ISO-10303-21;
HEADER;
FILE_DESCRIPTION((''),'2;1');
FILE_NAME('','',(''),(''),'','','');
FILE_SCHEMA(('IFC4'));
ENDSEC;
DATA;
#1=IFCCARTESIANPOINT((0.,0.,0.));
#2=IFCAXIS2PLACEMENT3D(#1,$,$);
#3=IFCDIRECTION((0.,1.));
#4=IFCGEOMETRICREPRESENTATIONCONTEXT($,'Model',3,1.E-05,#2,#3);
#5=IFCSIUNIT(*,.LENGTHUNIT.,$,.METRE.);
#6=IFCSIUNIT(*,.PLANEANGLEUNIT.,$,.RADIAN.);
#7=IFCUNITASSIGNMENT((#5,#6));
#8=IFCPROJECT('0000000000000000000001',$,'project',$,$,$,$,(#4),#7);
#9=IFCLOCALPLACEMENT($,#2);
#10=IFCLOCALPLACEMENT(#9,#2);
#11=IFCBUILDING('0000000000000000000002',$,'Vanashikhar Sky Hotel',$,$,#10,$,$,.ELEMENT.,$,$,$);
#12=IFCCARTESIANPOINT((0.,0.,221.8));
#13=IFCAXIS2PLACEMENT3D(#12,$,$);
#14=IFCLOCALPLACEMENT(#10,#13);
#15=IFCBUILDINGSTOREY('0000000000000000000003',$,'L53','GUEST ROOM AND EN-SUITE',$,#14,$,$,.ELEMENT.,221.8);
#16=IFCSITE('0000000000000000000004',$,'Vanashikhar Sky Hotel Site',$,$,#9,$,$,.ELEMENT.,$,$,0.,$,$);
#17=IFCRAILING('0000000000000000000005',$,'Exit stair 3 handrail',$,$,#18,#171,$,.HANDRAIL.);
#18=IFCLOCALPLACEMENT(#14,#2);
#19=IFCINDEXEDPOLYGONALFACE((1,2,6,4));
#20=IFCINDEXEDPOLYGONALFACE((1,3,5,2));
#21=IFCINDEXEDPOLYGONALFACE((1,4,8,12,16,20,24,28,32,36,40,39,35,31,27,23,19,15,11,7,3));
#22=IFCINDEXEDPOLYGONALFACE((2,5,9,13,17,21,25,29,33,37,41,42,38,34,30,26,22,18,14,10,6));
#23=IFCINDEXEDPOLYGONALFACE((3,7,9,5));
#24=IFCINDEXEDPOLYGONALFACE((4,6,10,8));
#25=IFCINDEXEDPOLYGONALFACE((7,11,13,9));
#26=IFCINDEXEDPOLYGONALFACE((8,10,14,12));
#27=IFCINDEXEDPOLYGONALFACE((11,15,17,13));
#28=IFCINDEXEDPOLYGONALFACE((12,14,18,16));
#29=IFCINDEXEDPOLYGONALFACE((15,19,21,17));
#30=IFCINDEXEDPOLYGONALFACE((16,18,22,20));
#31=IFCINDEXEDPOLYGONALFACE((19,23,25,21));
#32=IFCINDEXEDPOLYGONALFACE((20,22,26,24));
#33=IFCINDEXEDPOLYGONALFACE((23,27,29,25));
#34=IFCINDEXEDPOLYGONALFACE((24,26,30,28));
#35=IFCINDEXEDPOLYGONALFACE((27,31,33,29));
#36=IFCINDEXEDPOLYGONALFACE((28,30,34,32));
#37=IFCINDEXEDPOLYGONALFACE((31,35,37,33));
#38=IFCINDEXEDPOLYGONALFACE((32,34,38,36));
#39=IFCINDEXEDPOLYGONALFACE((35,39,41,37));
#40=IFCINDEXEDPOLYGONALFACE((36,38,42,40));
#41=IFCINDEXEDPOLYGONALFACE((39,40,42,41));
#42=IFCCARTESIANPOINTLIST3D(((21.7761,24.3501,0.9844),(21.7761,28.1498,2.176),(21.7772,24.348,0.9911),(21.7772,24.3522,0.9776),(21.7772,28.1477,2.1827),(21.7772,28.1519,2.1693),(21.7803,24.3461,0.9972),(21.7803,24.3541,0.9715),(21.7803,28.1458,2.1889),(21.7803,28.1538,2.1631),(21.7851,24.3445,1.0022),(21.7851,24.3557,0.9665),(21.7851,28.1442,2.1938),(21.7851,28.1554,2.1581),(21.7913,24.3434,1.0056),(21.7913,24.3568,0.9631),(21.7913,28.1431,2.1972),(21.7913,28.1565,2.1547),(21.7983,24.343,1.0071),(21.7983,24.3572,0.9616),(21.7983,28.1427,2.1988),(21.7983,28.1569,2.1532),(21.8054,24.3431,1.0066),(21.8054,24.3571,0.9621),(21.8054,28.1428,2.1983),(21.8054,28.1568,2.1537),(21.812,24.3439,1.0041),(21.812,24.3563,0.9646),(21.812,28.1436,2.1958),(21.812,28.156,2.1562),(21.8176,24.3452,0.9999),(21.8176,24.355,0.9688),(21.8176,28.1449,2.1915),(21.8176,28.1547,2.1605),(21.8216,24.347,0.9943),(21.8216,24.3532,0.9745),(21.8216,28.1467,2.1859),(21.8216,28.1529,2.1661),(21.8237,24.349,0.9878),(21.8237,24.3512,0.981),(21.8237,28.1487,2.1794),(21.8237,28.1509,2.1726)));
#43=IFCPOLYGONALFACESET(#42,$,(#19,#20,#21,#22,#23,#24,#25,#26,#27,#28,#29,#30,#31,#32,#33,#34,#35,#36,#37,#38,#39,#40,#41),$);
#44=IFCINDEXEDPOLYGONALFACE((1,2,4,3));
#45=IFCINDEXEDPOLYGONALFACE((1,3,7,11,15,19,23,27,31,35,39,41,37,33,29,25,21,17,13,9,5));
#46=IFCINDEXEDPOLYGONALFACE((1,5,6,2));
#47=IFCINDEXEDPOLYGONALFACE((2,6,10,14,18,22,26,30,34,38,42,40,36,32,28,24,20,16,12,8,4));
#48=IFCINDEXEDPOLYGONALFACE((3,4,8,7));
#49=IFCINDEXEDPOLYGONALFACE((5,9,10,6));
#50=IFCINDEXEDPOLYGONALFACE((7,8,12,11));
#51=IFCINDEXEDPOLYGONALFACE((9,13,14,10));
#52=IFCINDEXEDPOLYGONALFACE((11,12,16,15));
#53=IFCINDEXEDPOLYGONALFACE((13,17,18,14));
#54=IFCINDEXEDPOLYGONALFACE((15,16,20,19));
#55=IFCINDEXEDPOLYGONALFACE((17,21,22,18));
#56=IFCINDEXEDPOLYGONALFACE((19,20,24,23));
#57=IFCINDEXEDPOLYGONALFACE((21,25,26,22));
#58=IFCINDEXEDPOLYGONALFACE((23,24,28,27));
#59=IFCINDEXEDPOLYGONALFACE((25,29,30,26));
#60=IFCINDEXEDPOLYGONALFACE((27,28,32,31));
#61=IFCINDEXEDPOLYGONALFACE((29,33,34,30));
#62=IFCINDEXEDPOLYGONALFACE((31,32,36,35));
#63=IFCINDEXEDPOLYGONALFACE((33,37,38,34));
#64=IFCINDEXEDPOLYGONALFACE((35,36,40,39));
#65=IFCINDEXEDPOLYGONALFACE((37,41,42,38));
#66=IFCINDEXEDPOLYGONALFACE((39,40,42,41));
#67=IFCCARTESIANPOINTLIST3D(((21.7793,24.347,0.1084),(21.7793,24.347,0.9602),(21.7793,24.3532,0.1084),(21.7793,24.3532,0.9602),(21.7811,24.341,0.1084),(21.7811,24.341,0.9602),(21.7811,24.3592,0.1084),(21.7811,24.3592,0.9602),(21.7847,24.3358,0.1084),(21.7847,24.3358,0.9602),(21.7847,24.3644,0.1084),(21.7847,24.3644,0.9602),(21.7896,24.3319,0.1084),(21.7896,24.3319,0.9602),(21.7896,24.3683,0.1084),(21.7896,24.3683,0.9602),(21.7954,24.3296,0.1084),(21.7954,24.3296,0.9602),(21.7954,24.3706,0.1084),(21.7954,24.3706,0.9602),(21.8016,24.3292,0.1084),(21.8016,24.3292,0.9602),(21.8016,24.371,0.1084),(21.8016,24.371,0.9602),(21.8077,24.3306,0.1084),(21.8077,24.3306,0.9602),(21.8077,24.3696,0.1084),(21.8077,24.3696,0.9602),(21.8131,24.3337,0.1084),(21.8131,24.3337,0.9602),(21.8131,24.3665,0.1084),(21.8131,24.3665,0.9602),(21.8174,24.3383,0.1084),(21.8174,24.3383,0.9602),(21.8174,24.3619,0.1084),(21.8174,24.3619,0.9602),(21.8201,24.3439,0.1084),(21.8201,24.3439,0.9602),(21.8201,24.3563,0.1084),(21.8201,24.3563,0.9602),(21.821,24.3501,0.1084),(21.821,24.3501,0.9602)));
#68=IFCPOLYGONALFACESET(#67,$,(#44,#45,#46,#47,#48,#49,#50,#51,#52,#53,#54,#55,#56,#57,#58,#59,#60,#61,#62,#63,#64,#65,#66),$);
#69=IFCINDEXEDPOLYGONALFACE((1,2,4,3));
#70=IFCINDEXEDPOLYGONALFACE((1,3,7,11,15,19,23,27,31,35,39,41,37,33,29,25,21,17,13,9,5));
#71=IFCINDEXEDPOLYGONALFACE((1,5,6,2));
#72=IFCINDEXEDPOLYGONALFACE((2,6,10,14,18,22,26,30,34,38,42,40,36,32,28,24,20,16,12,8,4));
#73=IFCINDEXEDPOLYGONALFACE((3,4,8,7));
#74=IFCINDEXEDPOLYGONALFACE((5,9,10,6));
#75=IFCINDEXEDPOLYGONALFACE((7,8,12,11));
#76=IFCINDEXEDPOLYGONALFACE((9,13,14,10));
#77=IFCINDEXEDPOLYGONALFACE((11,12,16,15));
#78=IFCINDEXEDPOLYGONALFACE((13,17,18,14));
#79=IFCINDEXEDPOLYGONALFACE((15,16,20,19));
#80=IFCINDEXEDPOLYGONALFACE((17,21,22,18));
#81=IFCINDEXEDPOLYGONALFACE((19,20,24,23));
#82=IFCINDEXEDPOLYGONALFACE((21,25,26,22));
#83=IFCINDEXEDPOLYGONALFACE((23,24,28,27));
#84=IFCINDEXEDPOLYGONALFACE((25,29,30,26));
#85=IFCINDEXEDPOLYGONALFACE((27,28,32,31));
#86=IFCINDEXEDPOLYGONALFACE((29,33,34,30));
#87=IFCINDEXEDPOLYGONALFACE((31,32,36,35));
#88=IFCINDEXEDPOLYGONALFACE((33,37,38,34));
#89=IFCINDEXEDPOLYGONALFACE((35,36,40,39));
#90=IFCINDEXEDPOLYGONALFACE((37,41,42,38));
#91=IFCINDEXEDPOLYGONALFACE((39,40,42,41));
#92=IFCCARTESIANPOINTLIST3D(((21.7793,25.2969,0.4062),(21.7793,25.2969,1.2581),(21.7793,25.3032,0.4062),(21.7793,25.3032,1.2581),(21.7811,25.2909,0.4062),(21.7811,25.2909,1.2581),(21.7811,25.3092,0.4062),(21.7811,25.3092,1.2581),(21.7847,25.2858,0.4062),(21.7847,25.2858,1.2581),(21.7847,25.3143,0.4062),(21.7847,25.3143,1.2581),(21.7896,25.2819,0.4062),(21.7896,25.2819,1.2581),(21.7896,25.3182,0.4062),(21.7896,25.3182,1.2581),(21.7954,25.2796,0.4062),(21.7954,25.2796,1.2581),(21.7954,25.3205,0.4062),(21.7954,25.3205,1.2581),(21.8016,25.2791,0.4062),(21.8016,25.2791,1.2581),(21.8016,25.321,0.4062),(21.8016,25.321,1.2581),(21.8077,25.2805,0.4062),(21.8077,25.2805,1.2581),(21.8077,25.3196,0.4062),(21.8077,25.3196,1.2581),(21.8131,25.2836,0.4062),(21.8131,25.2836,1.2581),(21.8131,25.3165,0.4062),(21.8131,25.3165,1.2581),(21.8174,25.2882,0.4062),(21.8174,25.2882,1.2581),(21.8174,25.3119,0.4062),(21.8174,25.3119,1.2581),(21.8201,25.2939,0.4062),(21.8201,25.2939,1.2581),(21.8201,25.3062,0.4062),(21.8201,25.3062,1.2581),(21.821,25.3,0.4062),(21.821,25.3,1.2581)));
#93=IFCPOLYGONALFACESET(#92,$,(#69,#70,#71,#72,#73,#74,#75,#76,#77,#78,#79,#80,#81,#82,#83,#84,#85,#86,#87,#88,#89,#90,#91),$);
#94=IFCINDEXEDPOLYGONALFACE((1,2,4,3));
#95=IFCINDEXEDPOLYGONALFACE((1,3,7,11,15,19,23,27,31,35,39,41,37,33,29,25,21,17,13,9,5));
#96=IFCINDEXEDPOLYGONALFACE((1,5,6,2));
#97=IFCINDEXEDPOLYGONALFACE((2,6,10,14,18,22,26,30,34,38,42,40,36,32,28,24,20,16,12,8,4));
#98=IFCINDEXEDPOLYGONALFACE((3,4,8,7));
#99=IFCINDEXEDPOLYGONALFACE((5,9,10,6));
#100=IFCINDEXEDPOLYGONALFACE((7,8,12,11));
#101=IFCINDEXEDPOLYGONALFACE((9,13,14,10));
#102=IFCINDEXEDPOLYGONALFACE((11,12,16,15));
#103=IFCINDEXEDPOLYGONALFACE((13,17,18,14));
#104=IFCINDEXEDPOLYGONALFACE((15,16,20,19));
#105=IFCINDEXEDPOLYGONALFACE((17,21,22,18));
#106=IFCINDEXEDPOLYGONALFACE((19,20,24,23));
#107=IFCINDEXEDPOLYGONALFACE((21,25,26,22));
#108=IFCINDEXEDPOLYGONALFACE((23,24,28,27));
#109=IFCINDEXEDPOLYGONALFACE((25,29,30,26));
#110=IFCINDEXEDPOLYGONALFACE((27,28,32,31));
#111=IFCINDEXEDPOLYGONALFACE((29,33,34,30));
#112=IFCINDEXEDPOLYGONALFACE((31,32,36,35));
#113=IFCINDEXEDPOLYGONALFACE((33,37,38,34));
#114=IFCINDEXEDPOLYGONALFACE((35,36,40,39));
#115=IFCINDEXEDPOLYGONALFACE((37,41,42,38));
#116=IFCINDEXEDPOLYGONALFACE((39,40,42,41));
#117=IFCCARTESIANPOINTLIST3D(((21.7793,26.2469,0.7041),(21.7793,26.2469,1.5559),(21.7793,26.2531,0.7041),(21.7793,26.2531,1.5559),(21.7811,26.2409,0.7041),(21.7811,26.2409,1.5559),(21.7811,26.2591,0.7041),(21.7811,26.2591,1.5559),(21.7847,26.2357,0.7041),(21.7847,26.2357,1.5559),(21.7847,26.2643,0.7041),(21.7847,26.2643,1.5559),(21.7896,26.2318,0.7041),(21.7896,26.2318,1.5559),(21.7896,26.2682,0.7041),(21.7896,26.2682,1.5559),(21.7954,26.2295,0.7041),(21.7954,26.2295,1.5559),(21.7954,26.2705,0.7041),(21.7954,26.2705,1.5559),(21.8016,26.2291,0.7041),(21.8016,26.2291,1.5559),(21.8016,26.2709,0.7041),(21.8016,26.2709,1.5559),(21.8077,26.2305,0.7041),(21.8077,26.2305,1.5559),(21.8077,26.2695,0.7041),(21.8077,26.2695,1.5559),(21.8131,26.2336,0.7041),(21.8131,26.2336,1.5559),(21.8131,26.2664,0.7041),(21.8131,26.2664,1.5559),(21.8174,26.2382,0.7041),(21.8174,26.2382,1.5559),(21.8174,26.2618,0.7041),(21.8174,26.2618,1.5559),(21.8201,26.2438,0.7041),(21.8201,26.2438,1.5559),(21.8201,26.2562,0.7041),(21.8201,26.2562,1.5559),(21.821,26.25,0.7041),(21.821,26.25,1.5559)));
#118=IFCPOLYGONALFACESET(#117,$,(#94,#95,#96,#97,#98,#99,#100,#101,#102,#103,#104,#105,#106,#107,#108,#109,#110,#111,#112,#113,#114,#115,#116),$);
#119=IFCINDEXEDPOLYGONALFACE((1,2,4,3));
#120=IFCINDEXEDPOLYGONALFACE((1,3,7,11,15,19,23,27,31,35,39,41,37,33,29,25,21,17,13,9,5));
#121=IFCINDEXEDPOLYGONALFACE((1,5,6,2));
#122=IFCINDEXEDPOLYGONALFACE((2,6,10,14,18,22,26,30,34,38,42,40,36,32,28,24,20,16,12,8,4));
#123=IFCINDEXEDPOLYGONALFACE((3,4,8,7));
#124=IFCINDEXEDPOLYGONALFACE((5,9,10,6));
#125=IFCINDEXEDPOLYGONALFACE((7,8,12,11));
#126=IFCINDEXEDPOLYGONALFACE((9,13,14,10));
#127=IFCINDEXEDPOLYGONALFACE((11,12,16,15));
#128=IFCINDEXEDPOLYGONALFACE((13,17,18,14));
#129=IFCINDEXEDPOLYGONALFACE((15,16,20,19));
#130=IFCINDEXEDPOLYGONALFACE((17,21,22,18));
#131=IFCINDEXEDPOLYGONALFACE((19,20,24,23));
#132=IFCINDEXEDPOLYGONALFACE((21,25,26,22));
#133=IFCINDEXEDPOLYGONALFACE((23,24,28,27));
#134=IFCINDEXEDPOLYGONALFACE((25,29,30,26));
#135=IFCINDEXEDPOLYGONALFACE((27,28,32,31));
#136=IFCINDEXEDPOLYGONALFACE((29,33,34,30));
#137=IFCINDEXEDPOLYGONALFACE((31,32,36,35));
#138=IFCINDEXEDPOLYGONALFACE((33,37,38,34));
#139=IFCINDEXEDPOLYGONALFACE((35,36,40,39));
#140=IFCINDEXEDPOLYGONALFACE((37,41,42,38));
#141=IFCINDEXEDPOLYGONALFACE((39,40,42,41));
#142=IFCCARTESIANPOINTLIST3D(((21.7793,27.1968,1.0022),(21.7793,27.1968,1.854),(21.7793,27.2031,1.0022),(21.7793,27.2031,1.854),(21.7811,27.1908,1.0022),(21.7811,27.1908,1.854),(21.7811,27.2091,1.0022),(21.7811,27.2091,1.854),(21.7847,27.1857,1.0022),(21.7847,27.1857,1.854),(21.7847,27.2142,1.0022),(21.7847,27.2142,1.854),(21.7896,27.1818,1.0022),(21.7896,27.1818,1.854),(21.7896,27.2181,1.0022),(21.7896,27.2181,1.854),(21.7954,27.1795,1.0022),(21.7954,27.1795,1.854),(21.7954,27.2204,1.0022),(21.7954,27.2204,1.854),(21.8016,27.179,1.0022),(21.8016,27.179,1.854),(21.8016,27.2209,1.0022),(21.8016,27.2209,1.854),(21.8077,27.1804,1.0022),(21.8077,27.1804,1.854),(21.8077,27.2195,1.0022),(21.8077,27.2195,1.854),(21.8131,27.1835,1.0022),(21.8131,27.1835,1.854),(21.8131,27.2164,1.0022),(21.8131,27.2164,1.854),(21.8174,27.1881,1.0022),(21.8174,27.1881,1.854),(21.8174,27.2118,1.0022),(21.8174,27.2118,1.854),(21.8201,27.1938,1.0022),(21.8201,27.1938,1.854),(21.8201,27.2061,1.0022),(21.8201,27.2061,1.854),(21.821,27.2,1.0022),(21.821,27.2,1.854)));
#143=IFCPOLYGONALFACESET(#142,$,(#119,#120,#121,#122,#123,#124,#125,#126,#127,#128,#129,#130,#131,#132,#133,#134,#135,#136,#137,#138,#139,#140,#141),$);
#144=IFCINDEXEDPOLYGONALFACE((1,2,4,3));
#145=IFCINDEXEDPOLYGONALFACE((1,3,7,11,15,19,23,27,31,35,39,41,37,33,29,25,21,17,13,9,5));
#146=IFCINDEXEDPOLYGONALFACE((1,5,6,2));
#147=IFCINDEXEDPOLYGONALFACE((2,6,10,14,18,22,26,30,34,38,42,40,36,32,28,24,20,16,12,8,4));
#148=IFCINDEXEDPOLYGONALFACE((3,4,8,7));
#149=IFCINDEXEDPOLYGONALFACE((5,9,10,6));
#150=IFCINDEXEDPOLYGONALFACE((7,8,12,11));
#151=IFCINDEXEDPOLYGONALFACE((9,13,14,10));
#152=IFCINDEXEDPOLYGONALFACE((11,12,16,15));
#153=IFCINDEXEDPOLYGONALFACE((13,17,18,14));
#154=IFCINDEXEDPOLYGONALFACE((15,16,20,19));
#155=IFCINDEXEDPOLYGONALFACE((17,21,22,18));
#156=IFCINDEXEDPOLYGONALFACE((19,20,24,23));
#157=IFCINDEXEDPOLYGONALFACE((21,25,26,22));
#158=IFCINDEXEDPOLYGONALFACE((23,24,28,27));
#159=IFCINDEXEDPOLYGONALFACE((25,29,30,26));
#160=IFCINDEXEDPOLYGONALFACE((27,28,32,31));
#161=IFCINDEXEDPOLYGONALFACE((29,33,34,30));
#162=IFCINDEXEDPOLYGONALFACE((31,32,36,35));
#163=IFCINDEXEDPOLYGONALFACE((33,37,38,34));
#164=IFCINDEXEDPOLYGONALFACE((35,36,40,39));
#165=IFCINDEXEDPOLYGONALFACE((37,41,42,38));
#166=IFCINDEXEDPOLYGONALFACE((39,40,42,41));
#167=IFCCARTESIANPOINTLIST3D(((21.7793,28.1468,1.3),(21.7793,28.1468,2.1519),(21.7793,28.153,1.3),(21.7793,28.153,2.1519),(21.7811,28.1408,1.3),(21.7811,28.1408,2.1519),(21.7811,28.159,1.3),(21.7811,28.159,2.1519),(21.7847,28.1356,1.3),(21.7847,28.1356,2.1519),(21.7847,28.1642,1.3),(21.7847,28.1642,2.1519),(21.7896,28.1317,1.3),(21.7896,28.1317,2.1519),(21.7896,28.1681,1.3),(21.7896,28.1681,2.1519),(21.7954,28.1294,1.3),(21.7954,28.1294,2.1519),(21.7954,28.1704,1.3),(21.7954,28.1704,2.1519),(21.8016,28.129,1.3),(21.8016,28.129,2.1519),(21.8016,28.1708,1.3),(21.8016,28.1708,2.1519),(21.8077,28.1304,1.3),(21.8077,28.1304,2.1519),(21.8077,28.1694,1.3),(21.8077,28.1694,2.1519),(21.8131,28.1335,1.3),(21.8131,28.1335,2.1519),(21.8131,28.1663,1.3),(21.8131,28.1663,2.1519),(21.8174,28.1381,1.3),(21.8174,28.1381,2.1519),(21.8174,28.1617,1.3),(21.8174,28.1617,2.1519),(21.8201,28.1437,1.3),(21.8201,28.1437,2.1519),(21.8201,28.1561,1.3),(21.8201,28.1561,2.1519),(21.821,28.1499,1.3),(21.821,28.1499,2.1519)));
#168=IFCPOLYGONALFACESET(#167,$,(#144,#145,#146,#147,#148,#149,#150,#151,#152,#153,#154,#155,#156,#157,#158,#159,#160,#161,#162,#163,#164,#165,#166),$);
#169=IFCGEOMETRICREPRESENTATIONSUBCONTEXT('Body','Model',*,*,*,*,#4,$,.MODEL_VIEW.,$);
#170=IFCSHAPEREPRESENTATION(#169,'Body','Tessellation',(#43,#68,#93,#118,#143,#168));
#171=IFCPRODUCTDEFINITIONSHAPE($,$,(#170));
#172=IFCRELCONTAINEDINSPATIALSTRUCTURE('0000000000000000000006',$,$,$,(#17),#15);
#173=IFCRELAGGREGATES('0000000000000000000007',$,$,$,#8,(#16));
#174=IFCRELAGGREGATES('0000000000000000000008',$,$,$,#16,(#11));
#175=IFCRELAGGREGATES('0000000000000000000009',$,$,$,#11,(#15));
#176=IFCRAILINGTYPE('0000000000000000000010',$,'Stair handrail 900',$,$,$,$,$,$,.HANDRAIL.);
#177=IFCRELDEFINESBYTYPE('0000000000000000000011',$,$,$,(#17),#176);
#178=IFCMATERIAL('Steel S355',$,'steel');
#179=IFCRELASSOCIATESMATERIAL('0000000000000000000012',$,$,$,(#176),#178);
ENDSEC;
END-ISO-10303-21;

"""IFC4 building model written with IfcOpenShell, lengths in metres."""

from ifc_helpers import new_model, si_unit, direction, frame, origin, origin_2d, place, context, subcontext, project, spatial, circle, extrude, source, transform, mapped, material, type_object, element, save


model = new_model("IFC4")

# Units and contexts
model_context = context("Model", 3, precision=1e-05, world=origin(), true_north=direction((0.0, 1.0)))
body_context = subcontext(model_context, "Body", "Model", "MODEL_VIEW")
ifc_project = project(units=[si_unit("LENGTHUNIT", "METRE"), si_unit("PLANEANGLEUNIT", "RADIAN")], contexts=[model_context])

# Site, building, storey
site_placement = place(None, origin())
site = spatial("IfcSite", under=ifc_project, at=site_placement, Name="Vanashikhar Sky Hotel Site", CompositionType="ELEMENT", RefElevation=0.0)
building_placement = place(site_placement, origin())
building = spatial("IfcBuilding", under=site, at=building_placement, Name="Vanashikhar Sky Hotel", CompositionType="ELEMENT")
storey_placement = place(building_placement, frame((0.0, 0.0, 221.8)))
storey = spatial("IfcBuildingStorey", under=building, at=storey_placement, Name="L53", Description="GUEST ROOM AND EN-SUITE", CompositionType="ELEMENT", Elevation=221.8)

# Railing
ifc_material_1 = material(Name="Steel S355", Category="steel")
railing_type = type_object("IfcRailingType", Name="Stair handrail 900", PredefinedType="HANDRAIL", material=ifc_material_1)
shared_shape_1 = source(origin(), body_context, "Body", "SweptSolid", [
    extrude(circle(Radius=0.0239, at=origin_2d()), frame((0.0, 0.0, 0.876), z_axis=(0.0, 0.954178, 0.299238), x_axis=(-1.0, 0.0, 0.0)), (0.0, 0.0, 1.0), 3.9822),
    extrude(circle(Radius=0.021, at=origin_2d()), origin(), (0.0, 0.0, 1.0), 0.8518),
    extrude(circle(Radius=0.021, at=origin_2d()), frame((0.0, 0.95, 0.2979)), (0.0, 0.0, 1.0), 0.8518),
    extrude(circle(Radius=0.021, at=origin_2d()), frame((0.0, 1.8999, 0.5957)), (0.0, 0.0, 1.0), 0.8518),
    extrude(circle(Radius=0.021, at=origin_2d()), frame((0.0, 2.8499, 0.8938)), (0.0, 0.0, 1.0), 0.8518),
    extrude(circle(Radius=0.021, at=origin_2d()), frame((0.0, 3.7998, 1.1917)), (0.0, 0.0, 1.0), 0.8518),
])
for number, where, name in (
    (1, (21.8, 24.3501, 0.1084), "Exit stair 3 handrail"),
):
    element("IfcRailing", number, at=place(storey_placement, frame(where)), inside=storey, type_object=railing_type, Name=name, PredefinedType="HANDRAIL", context=body_context, shape_type="MappedRepresentation", body=[
        mapped(shared_shape_1, transform((0.0, 0.0, 0.0), scale=1.0)),
    ])

save(model, "model.ifc")
